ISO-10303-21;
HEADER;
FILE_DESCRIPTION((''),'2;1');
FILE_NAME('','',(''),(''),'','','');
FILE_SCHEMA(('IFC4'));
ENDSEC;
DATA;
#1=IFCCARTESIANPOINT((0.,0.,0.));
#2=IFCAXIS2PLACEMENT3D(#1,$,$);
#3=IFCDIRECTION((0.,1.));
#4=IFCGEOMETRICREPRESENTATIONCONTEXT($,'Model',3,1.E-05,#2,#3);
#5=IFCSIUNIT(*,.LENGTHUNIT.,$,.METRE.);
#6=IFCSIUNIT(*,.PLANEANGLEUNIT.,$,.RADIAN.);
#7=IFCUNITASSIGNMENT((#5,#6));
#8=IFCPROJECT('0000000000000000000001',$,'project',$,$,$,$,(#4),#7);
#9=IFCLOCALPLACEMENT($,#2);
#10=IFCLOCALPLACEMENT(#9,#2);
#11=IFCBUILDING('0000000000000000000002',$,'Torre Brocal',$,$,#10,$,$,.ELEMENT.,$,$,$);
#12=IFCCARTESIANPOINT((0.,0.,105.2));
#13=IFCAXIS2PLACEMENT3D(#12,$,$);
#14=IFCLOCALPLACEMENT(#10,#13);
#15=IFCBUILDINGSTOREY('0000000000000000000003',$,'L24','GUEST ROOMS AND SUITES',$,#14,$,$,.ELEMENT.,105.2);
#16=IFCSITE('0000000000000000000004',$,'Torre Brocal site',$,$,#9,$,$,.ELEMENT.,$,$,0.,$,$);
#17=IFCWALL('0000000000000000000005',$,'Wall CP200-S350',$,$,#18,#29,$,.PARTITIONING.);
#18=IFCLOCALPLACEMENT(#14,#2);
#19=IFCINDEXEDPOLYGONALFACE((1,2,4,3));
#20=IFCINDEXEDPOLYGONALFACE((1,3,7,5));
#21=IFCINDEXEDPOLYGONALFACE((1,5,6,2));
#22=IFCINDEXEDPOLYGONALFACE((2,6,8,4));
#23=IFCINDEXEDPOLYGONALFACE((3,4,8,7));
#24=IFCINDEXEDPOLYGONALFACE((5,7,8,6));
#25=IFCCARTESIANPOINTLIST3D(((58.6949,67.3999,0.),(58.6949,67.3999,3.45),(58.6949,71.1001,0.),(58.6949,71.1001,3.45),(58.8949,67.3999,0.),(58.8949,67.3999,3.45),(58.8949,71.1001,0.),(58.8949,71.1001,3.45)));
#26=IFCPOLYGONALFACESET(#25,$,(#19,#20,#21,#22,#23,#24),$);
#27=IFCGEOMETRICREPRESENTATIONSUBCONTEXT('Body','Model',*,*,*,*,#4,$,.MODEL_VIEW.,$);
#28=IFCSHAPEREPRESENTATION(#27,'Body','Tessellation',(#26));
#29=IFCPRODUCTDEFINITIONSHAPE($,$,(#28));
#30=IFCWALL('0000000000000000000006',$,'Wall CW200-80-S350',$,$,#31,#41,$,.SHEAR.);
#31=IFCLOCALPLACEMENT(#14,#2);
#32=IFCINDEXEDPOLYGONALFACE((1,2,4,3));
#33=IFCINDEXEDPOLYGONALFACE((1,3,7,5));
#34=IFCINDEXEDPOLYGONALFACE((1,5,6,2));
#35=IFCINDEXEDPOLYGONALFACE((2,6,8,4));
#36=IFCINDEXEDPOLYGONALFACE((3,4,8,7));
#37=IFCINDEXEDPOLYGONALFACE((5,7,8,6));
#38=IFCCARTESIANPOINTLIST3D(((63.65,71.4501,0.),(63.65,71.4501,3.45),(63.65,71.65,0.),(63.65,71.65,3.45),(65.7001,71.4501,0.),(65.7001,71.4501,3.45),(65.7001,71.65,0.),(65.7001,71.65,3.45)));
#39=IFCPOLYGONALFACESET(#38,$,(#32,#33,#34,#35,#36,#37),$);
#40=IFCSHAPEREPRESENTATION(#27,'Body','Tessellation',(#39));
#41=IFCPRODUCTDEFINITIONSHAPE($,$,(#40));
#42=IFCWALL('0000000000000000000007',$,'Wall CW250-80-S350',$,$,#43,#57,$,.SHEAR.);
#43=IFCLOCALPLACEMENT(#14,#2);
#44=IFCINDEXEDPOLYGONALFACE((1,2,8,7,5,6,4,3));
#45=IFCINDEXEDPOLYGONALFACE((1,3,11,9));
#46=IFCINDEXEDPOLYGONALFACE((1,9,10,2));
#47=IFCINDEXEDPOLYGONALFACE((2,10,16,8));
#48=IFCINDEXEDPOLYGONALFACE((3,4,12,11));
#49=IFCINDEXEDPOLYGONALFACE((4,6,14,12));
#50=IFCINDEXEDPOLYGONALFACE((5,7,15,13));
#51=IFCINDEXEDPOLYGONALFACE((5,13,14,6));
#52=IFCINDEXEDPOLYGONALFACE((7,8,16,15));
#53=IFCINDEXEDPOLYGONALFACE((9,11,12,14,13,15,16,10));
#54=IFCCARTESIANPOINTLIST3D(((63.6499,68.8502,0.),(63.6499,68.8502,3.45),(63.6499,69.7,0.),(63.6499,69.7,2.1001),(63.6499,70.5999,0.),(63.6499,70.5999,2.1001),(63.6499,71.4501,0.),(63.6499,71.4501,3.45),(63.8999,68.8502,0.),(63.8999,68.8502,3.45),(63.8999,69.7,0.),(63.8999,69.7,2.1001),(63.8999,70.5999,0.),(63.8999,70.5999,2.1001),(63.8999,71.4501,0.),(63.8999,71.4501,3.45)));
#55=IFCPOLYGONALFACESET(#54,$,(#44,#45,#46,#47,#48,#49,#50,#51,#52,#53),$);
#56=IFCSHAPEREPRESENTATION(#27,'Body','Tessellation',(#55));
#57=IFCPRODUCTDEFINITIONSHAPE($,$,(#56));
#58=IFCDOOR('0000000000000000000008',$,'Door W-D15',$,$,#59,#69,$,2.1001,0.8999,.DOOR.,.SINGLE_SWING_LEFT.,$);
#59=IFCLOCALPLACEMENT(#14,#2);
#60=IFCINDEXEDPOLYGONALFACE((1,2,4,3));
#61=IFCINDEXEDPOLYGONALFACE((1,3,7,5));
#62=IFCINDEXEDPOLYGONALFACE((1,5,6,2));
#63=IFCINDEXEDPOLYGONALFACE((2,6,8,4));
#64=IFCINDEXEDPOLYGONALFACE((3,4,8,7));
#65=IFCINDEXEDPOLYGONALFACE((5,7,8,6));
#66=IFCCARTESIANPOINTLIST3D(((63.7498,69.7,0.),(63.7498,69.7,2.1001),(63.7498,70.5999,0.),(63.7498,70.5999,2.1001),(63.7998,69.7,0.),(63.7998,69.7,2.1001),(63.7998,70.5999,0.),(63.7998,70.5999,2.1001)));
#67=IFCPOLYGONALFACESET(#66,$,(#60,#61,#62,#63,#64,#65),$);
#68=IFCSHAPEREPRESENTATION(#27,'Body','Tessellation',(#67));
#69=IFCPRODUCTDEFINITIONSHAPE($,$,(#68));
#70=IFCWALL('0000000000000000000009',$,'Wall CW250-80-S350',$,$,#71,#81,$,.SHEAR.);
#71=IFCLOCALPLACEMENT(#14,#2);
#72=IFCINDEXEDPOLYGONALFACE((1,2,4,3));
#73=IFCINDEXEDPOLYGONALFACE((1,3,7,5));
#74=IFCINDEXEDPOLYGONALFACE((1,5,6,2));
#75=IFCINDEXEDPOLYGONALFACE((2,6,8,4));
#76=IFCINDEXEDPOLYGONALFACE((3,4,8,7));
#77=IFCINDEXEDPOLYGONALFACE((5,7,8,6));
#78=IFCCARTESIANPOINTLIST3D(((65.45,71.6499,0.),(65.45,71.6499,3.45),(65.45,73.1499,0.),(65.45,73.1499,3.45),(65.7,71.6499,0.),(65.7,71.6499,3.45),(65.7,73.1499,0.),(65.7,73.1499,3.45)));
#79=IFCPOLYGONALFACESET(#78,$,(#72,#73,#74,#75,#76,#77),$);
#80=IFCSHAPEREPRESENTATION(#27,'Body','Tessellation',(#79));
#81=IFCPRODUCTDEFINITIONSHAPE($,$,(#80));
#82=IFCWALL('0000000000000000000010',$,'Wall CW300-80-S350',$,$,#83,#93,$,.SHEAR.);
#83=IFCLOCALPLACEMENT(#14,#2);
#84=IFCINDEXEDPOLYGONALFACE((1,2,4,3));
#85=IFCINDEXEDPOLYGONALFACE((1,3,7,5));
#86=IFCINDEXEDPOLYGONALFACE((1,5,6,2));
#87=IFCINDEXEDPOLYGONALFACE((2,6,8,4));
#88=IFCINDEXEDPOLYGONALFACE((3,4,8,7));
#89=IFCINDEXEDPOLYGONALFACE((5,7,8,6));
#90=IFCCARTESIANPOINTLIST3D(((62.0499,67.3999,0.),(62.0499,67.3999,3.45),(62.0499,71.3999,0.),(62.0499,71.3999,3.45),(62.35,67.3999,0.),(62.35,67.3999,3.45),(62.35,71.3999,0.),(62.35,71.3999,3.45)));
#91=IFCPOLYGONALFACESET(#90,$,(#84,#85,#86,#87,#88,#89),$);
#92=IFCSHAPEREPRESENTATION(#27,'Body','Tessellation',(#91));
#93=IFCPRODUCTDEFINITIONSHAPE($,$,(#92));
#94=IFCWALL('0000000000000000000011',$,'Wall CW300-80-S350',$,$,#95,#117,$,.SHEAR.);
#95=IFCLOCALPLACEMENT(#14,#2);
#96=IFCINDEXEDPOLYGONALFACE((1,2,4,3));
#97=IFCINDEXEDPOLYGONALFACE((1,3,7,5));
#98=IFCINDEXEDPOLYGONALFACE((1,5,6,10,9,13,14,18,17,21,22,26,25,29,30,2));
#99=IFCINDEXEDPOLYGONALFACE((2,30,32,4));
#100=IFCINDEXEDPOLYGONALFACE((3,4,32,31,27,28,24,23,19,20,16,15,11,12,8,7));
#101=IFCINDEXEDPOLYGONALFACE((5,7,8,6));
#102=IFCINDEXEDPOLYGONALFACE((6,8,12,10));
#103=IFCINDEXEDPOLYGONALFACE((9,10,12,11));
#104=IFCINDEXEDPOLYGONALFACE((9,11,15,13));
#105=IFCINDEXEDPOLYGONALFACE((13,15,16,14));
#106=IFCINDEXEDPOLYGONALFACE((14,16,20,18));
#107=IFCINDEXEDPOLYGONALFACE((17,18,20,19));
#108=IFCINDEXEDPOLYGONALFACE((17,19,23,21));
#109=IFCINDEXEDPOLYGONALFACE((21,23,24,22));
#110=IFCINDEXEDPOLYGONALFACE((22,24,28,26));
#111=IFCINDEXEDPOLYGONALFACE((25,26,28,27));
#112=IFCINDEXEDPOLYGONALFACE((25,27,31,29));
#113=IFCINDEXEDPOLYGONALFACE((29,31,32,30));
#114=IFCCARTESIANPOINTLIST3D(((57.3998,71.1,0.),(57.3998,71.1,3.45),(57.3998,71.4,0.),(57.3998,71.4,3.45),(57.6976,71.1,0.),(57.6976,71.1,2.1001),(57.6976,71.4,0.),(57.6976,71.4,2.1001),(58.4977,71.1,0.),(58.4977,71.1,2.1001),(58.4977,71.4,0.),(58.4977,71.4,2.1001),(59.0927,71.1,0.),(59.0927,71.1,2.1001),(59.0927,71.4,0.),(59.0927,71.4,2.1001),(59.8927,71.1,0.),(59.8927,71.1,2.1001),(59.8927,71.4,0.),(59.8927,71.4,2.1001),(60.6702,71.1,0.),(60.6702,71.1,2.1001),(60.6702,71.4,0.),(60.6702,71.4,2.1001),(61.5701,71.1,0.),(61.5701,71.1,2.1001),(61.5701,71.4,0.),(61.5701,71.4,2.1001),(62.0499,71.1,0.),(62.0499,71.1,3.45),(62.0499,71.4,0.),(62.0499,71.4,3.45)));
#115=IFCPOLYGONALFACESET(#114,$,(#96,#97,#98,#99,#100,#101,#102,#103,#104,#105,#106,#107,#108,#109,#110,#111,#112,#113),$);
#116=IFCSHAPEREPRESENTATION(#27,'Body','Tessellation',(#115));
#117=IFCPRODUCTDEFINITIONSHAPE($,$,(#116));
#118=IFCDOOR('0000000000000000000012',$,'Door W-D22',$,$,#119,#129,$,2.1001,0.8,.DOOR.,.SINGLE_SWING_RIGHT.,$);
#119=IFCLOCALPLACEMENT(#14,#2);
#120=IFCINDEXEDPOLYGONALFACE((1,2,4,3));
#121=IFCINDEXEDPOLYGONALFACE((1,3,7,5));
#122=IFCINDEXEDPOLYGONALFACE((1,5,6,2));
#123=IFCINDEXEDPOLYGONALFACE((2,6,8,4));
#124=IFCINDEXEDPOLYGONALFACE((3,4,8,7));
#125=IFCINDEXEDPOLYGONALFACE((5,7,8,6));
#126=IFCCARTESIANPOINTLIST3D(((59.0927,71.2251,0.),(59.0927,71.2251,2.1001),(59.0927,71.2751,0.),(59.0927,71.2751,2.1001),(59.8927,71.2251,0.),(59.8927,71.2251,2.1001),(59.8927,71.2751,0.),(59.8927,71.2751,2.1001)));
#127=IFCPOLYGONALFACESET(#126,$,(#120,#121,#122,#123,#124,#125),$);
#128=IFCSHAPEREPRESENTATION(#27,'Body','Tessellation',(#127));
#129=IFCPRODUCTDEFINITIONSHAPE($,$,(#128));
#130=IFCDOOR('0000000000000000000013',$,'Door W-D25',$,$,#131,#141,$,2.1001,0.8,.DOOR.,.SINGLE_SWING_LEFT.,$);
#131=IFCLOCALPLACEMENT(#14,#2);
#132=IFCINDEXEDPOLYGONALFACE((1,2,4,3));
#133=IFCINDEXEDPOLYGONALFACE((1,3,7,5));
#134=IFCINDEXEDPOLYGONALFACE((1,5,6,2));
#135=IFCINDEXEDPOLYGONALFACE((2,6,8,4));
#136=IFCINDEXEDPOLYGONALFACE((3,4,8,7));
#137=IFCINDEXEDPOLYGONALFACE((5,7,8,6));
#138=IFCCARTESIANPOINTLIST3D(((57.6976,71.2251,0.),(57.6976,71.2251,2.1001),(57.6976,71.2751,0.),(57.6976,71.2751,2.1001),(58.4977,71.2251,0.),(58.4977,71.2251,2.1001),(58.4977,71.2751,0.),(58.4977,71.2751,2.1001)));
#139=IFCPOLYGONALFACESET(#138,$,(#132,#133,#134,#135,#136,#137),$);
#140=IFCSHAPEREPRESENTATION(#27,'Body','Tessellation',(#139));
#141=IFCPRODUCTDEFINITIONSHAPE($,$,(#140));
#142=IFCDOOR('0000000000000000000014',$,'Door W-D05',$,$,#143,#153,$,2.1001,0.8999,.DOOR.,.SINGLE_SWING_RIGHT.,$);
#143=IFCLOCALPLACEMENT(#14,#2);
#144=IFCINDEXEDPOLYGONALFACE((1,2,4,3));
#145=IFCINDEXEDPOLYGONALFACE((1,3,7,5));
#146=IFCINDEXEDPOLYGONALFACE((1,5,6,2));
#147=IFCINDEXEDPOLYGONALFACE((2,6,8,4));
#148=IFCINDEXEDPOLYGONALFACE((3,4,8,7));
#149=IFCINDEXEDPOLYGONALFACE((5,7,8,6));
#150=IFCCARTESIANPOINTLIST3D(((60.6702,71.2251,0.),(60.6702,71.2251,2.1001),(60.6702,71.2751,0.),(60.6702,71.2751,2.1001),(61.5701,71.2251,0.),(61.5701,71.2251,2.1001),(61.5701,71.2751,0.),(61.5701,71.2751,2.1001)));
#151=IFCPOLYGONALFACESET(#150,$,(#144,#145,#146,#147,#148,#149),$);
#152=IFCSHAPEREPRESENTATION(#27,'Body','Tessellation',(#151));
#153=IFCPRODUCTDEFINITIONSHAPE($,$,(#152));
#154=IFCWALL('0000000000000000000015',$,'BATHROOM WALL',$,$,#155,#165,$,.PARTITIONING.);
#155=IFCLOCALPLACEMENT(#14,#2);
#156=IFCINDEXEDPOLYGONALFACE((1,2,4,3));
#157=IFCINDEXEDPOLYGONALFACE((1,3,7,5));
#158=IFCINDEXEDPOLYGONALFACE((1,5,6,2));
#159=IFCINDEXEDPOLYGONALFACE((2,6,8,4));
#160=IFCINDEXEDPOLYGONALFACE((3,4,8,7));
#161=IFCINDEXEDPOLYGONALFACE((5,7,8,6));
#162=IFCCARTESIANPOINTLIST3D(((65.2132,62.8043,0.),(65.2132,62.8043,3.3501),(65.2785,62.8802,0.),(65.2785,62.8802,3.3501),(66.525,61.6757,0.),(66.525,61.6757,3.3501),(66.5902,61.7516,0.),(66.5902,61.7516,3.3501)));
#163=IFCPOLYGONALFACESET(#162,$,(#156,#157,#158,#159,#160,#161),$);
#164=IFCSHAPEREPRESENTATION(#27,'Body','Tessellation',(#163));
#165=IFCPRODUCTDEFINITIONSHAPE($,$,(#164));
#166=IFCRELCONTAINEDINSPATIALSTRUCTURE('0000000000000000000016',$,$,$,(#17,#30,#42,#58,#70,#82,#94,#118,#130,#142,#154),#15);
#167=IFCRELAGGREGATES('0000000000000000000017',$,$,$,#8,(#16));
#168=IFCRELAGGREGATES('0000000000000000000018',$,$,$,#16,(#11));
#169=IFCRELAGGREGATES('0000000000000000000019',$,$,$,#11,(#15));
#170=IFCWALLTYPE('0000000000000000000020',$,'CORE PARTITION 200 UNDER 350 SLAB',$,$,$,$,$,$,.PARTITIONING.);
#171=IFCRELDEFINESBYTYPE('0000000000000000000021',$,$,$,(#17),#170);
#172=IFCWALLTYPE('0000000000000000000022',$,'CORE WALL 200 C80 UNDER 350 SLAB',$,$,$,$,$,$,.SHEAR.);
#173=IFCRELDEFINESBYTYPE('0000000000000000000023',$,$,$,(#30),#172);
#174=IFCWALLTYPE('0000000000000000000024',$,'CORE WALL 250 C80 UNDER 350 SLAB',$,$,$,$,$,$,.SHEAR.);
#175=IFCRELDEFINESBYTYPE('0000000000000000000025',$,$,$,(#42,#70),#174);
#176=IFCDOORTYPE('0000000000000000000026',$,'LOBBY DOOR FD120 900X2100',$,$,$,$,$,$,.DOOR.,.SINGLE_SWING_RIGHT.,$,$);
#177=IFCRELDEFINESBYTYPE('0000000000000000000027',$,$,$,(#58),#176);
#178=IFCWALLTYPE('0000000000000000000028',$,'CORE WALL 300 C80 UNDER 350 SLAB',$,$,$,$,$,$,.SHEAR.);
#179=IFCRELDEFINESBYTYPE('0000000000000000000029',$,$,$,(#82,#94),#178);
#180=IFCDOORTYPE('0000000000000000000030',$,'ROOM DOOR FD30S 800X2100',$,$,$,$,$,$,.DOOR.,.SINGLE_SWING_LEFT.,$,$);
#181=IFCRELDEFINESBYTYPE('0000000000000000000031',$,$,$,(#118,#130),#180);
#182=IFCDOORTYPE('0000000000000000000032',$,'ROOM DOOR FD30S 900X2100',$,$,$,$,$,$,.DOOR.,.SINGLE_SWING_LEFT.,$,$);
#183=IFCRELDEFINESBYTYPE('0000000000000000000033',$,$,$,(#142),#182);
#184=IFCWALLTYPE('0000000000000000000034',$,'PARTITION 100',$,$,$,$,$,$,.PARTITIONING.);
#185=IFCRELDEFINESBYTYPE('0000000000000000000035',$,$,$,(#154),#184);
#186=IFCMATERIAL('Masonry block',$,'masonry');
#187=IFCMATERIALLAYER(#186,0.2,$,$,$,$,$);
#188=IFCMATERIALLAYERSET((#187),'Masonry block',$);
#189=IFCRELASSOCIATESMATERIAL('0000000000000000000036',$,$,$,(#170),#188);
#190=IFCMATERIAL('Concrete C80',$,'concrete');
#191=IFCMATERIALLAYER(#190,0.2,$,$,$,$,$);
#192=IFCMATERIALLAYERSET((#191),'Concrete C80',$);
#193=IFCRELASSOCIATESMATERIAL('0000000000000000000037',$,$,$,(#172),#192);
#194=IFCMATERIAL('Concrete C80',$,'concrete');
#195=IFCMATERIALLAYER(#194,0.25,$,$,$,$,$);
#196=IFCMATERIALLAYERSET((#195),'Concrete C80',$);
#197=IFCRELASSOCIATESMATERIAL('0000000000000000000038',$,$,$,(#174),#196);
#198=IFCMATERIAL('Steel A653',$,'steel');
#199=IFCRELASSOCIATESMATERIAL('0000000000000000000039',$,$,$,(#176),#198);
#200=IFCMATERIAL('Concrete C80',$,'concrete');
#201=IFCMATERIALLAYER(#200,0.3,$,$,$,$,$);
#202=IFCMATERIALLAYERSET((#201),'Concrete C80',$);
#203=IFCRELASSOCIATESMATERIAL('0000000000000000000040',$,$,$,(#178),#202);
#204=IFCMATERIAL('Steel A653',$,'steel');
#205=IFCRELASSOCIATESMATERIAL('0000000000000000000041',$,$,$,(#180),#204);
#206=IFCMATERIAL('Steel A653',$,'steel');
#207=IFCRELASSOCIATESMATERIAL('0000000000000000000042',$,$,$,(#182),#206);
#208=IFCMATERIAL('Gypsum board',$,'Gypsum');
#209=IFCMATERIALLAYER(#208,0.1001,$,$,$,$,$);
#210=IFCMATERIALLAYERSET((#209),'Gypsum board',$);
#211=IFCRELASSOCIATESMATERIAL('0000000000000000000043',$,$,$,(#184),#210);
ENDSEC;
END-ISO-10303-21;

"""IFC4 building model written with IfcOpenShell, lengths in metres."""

from ifc_helpers import new_model, si_unit, direction, frame, frame_2d, origin, place, context, subcontext, project, spatial, rectangle, extrude, material, layer, layer_set, type_object, element, fill, save


model = new_model("IFC4")

# Units and contexts
model_context = context("Model", 3, precision=1e-05, world=origin(), true_north=direction((0.0, 1.0)))
body_context = subcontext(model_context, "Body", "Model", "MODEL_VIEW")
ifc_project = project(units=[si_unit("LENGTHUNIT", "METRE"), si_unit("PLANEANGLEUNIT", "RADIAN")], contexts=[model_context])

# Site, building, storey
site_placement = place(None, origin())
site = spatial("IfcSite", under=ifc_project, at=site_placement, Name="Torre Brocal site", CompositionType="ELEMENT", RefElevation=0.0)
building_placement = place(site_placement, origin())
building = spatial("IfcBuilding", under=site, at=building_placement, Name="Torre Brocal", CompositionType="ELEMENT")
storey_placement = place(building_placement, frame((0.0, 0.0, 105.2)))
storey = spatial("IfcBuildingStorey", under=building, at=storey_placement, Name="L24", Description="GUEST ROOMS AND SUITES", CompositionType="ELEMENT", Elevation=105.2)

# Walls
ifc_material_1 = material(Name="Masonry block", Category="masonry")
ifc_layer_1 = layer(ifc_material_1, 0.2)
ifc_layer_set_1 = layer_set([ifc_layer_1], Name="Masonry block")
wall_type_1 = type_object("IfcWallType", Name="CORE PARTITION 200 UNDER 350 SLAB", PredefinedType="PARTITIONING", material=ifc_layer_set_1)
for number, where, z_axis, x_axis, name in (
    (1, (58.7949, 71.1001, 0.0), (0.0, 0.0, 1.0), (0.0, -1.0, 0.0), "Wall CP200-S350"),
):
    element("IfcWall", number, at=place(storey_placement, frame(where, z_axis=z_axis, x_axis=x_axis)), inside=storey, type_object=wall_type_1, Name=name, PredefinedType="PARTITIONING", context=body_context, shape_type="SweptSolid", body=[
        extrude(rectangle(XDim=3.7002, YDim=0.2, at=frame_2d((1.8501, 0.0))), origin(), (0.0, 0.0, 1.0), 3.45),
    ])
ifc_material_2 = material(Name="Concrete C80", Category="concrete")
ifc_layer_2 = layer(ifc_material_2, 0.2)
ifc_layer_set_2 = layer_set([ifc_layer_2], Name="Concrete C80")
wall_type_2 = type_object("IfcWallType", Name="CORE WALL 200 C80 UNDER 350 SLAB", PredefinedType="SHEAR", material=ifc_layer_set_2)
wall_1_placement = place(storey_placement, frame((65.7, 71.55, 0.0), z_axis=(0.0, 0.0, 1.0), x_axis=(-1.0, 0.0, 0.0)))
element("IfcWall", 2, at=wall_1_placement, inside=storey, type_object=wall_type_2, Name="Wall CW200-80-S350", PredefinedType="SHEAR", context=body_context, shape_type="SweptSolid", body=[
    extrude(rectangle(XDim=2.05, YDim=0.2, at=frame_2d((1.0249, 0.0))), origin(), (0.0, 0.0, 1.0), 3.45),
])

# Wall, opening, door
ifc_material_3 = material(Name="Concrete C80", Category="concrete")
ifc_layer_3 = layer(ifc_material_3, 0.25)
ifc_layer_set_3 = layer_set([ifc_layer_3], Name="Concrete C80")
wall_type_3 = type_object("IfcWallType", Name="CORE WALL 250 C80 UNDER 350 SLAB", PredefinedType="SHEAR", material=ifc_layer_set_3)
wall_2_placement = place(storey_placement, frame((63.7749, 71.45, 0.0), z_axis=(0.0, 0.0, 1.0), x_axis=(0.0, -1.0, 0.0)))
wall_2 = element("IfcWall", 3, at=wall_2_placement, inside=storey, type_object=wall_type_3, Name="Wall CW250-80-S350", PredefinedType="SHEAR", context=body_context, shape_type="SweptSolid", body=[
    extrude(rectangle(XDim=2.5999, YDim=0.25, at=frame_2d((1.2998, 0.0))), origin(), (0.0, 0.0, 1.0), 3.45),
])
opening_1_placement = place(wall_2_placement, frame((0.8501, 0.0, 0.0)))
opening_1 = element("IfcOpeningElement", 4, at=opening_1_placement, cuts=wall_2, PredefinedType="OPENING", context=body_context, shape_type="SweptSolid", body=[
    extrude(rectangle(XDim=0.8999, YDim=2.1001, at=frame_2d((0.45, 1.05))), frame((0.0, 0.135, 0.0), z_axis=(0.0, -1.0, 0.0), x_axis=(1.0, 0.0, 0.0)), (0.0, 0.0, 1.0), 0.27),
])
ifc_material_4 = material(Name="Steel A653", Category="steel")
door_type_1 = type_object("IfcDoorType", Name="LOBBY DOOR FD120 900X2100", OperationType="SINGLE_SWING_RIGHT", PredefinedType="DOOR", material=ifc_material_4)
door_1_placement = place(opening_1_placement, origin())
door_1 = element("IfcDoor", 5, at=door_1_placement, inside=storey, type_object=door_type_1, Name="Door W-D15", OperationType="SINGLE_SWING_LEFT", OverallHeight=2.1001, OverallWidth=0.8999, PredefinedType="DOOR", context=body_context, shape_type="SweptSolid", body=[
    extrude(rectangle(XDim=0.8999, YDim=2.1001, at=frame_2d((0.45, 1.05))), frame((0.0, 0.0249, 0.0), z_axis=(0.0, -1.0, 0.0), x_axis=(1.0, 0.0, 0.0)), (0.0, 0.0, 1.0), 0.05),
])
fill(opening_1, door_1)

# Walls
wall_3_placement = place(storey_placement, frame((65.575, 73.1499, 0.0), z_axis=(0.0, 0.0, 1.0), x_axis=(0.0, -1.0, 0.0)))
element("IfcWall", 6, at=wall_3_placement, inside=storey, type_object=wall_type_3, Name="Wall CW250-80-S350", PredefinedType="SHEAR", context=body_context, shape_type="SweptSolid", body=[
    extrude(rectangle(XDim=1.5, YDim=0.25, at=frame_2d((0.75, 0.0))), origin(), (0.0, 0.0, 1.0), 3.45),
])
ifc_material_5 = material(Name="Concrete C80", Category="concrete")
ifc_layer_4 = layer(ifc_material_5, 0.3)
ifc_layer_set_4 = layer_set([ifc_layer_4], Name="Concrete C80")
wall_type_4 = type_object("IfcWallType", Name="CORE WALL 300 C80 UNDER 350 SLAB", PredefinedType="SHEAR", material=ifc_layer_set_4)
wall_4_placement = place(storey_placement, frame((62.2, 71.3999, 0.0), z_axis=(0.0, 0.0, 1.0), x_axis=(0.0, -1.0, 0.0)))
element("IfcWall", 7, at=wall_4_placement, inside=storey, type_object=wall_type_4, Name="Wall CW300-80-S350", PredefinedType="SHEAR", context=body_context, shape_type="SweptSolid", body=[
    extrude(rectangle(XDim=4.0, YDim=0.3, at=frame_2d((2.0, 0.0))), origin(), (0.0, 0.0, 1.0), 3.45),
])

# Wall, openings, doors
wall_5_placement = place(storey_placement, frame((62.05, 71.25, 0.0), z_axis=(0.0, 0.0, 1.0), x_axis=(-1.0, 0.0, 0.0)))
wall_5 = element("IfcWall", 8, at=wall_5_placement, inside=storey, type_object=wall_type_4, Name="Wall CW300-80-S350", PredefinedType="SHEAR", context=body_context, shape_type="SweptSolid", body=[
    extrude(rectangle(XDim=4.6501, YDim=0.3, at=frame_2d((2.3252, 0.0))), origin(), (0.0, 0.0, 1.0), 3.45),
])
opening_2_placement = place(wall_5_placement, frame((0.48, 0.0, 0.0)))
opening_2 = element("IfcOpeningElement", 9, at=opening_2_placement, cuts=wall_5, PredefinedType="OPENING", context=body_context, shape_type="SweptSolid", body=[
    extrude(rectangle(XDim=0.8999, YDim=2.1001, at=frame_2d((0.45, 1.05))), frame((0.0, 0.1599, 0.0), z_axis=(0.0, -1.0, 0.0), x_axis=(1.0, 0.0, 0.0)), (0.0, 0.0, 1.0), 0.3201),
])
opening_3_placement = place(wall_5_placement, frame((2.1575, 0.0, 0.0)))
opening_3 = element("IfcOpeningElement", 10, at=opening_3_placement, cuts=wall_5, PredefinedType="OPENING", context=body_context, shape_type="SweptSolid", body=[
    extrude(rectangle(XDim=0.8, YDim=2.1001, at=frame_2d((0.3999, 1.05))), frame((0.0, 0.1599, 0.0), z_axis=(0.0, -1.0, 0.0), x_axis=(1.0, 0.0, 0.0)), (0.0, 0.0, 1.0), 0.3201),
])
opening_4_placement = place(wall_5_placement, frame((3.5525, 0.0, 0.0)))
opening_4 = element("IfcOpeningElement", 11, at=opening_4_placement, cuts=wall_5, PredefinedType="OPENING", context=body_context, shape_type="SweptSolid", body=[
    extrude(rectangle(XDim=0.8, YDim=2.1001, at=frame_2d((0.3999, 1.05))), frame((0.0, 0.1599, 0.0), z_axis=(0.0, -1.0, 0.0), x_axis=(1.0, 0.0, 0.0)), (0.0, 0.0, 1.0), 0.3201),
])
ifc_material_6 = material(Name="Steel A653", Category="steel")
door_type_2 = type_object("IfcDoorType", Name="ROOM DOOR FD30S 800X2100", OperationType="SINGLE_SWING_LEFT", PredefinedType="DOOR", material=ifc_material_6)
door_2_placement = place(opening_3_placement, origin())
door_2 = element("IfcDoor", 12, at=door_2_placement, inside=storey, type_object=door_type_2, Name="Door W-D22", OperationType="SINGLE_SWING_RIGHT", OverallHeight=2.1001, OverallWidth=0.8, PredefinedType="DOOR", context=body_context, shape_type="SweptSolid", body=[
    extrude(rectangle(XDim=0.8, YDim=2.1001, at=frame_2d((0.3999, 1.05))), frame((0.0, 0.0249, 0.0), z_axis=(0.0, -1.0, 0.0), x_axis=(1.0, 0.0, 0.0)), (0.0, 0.0, 1.0), 0.05),
])
fill(opening_3, door_2)
door_3_placement = place(opening_4_placement, origin())
door_3 = element("IfcDoor", 13, at=door_3_placement, inside=storey, type_object=door_type_2, Name="Door W-D25", OperationType="SINGLE_SWING_LEFT", OverallHeight=2.1001, OverallWidth=0.8, PredefinedType="DOOR", context=body_context, shape_type="SweptSolid", body=[
    extrude(rectangle(XDim=0.8, YDim=2.1001, at=frame_2d((0.3999, 1.05))), frame((0.0, 0.0249, 0.0), z_axis=(0.0, -1.0, 0.0), x_axis=(1.0, 0.0, 0.0)), (0.0, 0.0, 1.0), 0.05),
])
fill(opening_4, door_3)
ifc_material_7 = material(Name="Steel A653", Category="steel")
door_type_3 = type_object("IfcDoorType", Name="ROOM DOOR FD30S 900X2100", OperationType="SINGLE_SWING_LEFT", PredefinedType="DOOR", material=ifc_material_7)
door_4_placement = place(opening_2_placement, origin())
door_4 = element("IfcDoor", 14, at=door_4_placement, inside=storey, type_object=door_type_3, Name="Door W-D05", OperationType="SINGLE_SWING_RIGHT", OverallHeight=2.1001, OverallWidth=0.8999, PredefinedType="DOOR", context=body_context, shape_type="SweptSolid", body=[
    extrude(rectangle(XDim=0.8999, YDim=2.1001, at=frame_2d((0.45, 1.05))), frame((0.0, 0.0249, 0.0), z_axis=(0.0, -1.0, 0.0), x_axis=(1.0, 0.0, 0.0)), (0.0, 0.0, 1.0), 0.05),
])
fill(opening_2, door_4)

# Wall
ifc_material_8 = material(Name="Gypsum board", Category="Gypsum")
ifc_layer_5 = layer(ifc_material_8, 0.1001)
ifc_layer_set_5 = layer_set([ifc_layer_5], Name="Gypsum board")
wall_type_5 = type_object("IfcWallType", Name="PARTITION 100", PredefinedType="PARTITIONING", material=ifc_layer_set_5)
wall_6_placement = place(storey_placement, frame((65.2458, 62.8423, 0.0), z_axis=(0.0, 0.0, 1.0), x_axis=(0.75803, -0.652219, 0.0)))
element("IfcWall", 15, at=wall_6_placement, inside=storey, type_object=wall_type_5, Name="BATHROOM WALL", PredefinedType="PARTITIONING", context=body_context, shape_type="SweptSolid", body=[
    extrude(rectangle(XDim=1.7305, YDim=0.1001, at=frame_2d((0.8652, 0.0))), origin(), (0.0, 0.0, 1.0), 3.3501),
])

save(model, "model.ifc")
